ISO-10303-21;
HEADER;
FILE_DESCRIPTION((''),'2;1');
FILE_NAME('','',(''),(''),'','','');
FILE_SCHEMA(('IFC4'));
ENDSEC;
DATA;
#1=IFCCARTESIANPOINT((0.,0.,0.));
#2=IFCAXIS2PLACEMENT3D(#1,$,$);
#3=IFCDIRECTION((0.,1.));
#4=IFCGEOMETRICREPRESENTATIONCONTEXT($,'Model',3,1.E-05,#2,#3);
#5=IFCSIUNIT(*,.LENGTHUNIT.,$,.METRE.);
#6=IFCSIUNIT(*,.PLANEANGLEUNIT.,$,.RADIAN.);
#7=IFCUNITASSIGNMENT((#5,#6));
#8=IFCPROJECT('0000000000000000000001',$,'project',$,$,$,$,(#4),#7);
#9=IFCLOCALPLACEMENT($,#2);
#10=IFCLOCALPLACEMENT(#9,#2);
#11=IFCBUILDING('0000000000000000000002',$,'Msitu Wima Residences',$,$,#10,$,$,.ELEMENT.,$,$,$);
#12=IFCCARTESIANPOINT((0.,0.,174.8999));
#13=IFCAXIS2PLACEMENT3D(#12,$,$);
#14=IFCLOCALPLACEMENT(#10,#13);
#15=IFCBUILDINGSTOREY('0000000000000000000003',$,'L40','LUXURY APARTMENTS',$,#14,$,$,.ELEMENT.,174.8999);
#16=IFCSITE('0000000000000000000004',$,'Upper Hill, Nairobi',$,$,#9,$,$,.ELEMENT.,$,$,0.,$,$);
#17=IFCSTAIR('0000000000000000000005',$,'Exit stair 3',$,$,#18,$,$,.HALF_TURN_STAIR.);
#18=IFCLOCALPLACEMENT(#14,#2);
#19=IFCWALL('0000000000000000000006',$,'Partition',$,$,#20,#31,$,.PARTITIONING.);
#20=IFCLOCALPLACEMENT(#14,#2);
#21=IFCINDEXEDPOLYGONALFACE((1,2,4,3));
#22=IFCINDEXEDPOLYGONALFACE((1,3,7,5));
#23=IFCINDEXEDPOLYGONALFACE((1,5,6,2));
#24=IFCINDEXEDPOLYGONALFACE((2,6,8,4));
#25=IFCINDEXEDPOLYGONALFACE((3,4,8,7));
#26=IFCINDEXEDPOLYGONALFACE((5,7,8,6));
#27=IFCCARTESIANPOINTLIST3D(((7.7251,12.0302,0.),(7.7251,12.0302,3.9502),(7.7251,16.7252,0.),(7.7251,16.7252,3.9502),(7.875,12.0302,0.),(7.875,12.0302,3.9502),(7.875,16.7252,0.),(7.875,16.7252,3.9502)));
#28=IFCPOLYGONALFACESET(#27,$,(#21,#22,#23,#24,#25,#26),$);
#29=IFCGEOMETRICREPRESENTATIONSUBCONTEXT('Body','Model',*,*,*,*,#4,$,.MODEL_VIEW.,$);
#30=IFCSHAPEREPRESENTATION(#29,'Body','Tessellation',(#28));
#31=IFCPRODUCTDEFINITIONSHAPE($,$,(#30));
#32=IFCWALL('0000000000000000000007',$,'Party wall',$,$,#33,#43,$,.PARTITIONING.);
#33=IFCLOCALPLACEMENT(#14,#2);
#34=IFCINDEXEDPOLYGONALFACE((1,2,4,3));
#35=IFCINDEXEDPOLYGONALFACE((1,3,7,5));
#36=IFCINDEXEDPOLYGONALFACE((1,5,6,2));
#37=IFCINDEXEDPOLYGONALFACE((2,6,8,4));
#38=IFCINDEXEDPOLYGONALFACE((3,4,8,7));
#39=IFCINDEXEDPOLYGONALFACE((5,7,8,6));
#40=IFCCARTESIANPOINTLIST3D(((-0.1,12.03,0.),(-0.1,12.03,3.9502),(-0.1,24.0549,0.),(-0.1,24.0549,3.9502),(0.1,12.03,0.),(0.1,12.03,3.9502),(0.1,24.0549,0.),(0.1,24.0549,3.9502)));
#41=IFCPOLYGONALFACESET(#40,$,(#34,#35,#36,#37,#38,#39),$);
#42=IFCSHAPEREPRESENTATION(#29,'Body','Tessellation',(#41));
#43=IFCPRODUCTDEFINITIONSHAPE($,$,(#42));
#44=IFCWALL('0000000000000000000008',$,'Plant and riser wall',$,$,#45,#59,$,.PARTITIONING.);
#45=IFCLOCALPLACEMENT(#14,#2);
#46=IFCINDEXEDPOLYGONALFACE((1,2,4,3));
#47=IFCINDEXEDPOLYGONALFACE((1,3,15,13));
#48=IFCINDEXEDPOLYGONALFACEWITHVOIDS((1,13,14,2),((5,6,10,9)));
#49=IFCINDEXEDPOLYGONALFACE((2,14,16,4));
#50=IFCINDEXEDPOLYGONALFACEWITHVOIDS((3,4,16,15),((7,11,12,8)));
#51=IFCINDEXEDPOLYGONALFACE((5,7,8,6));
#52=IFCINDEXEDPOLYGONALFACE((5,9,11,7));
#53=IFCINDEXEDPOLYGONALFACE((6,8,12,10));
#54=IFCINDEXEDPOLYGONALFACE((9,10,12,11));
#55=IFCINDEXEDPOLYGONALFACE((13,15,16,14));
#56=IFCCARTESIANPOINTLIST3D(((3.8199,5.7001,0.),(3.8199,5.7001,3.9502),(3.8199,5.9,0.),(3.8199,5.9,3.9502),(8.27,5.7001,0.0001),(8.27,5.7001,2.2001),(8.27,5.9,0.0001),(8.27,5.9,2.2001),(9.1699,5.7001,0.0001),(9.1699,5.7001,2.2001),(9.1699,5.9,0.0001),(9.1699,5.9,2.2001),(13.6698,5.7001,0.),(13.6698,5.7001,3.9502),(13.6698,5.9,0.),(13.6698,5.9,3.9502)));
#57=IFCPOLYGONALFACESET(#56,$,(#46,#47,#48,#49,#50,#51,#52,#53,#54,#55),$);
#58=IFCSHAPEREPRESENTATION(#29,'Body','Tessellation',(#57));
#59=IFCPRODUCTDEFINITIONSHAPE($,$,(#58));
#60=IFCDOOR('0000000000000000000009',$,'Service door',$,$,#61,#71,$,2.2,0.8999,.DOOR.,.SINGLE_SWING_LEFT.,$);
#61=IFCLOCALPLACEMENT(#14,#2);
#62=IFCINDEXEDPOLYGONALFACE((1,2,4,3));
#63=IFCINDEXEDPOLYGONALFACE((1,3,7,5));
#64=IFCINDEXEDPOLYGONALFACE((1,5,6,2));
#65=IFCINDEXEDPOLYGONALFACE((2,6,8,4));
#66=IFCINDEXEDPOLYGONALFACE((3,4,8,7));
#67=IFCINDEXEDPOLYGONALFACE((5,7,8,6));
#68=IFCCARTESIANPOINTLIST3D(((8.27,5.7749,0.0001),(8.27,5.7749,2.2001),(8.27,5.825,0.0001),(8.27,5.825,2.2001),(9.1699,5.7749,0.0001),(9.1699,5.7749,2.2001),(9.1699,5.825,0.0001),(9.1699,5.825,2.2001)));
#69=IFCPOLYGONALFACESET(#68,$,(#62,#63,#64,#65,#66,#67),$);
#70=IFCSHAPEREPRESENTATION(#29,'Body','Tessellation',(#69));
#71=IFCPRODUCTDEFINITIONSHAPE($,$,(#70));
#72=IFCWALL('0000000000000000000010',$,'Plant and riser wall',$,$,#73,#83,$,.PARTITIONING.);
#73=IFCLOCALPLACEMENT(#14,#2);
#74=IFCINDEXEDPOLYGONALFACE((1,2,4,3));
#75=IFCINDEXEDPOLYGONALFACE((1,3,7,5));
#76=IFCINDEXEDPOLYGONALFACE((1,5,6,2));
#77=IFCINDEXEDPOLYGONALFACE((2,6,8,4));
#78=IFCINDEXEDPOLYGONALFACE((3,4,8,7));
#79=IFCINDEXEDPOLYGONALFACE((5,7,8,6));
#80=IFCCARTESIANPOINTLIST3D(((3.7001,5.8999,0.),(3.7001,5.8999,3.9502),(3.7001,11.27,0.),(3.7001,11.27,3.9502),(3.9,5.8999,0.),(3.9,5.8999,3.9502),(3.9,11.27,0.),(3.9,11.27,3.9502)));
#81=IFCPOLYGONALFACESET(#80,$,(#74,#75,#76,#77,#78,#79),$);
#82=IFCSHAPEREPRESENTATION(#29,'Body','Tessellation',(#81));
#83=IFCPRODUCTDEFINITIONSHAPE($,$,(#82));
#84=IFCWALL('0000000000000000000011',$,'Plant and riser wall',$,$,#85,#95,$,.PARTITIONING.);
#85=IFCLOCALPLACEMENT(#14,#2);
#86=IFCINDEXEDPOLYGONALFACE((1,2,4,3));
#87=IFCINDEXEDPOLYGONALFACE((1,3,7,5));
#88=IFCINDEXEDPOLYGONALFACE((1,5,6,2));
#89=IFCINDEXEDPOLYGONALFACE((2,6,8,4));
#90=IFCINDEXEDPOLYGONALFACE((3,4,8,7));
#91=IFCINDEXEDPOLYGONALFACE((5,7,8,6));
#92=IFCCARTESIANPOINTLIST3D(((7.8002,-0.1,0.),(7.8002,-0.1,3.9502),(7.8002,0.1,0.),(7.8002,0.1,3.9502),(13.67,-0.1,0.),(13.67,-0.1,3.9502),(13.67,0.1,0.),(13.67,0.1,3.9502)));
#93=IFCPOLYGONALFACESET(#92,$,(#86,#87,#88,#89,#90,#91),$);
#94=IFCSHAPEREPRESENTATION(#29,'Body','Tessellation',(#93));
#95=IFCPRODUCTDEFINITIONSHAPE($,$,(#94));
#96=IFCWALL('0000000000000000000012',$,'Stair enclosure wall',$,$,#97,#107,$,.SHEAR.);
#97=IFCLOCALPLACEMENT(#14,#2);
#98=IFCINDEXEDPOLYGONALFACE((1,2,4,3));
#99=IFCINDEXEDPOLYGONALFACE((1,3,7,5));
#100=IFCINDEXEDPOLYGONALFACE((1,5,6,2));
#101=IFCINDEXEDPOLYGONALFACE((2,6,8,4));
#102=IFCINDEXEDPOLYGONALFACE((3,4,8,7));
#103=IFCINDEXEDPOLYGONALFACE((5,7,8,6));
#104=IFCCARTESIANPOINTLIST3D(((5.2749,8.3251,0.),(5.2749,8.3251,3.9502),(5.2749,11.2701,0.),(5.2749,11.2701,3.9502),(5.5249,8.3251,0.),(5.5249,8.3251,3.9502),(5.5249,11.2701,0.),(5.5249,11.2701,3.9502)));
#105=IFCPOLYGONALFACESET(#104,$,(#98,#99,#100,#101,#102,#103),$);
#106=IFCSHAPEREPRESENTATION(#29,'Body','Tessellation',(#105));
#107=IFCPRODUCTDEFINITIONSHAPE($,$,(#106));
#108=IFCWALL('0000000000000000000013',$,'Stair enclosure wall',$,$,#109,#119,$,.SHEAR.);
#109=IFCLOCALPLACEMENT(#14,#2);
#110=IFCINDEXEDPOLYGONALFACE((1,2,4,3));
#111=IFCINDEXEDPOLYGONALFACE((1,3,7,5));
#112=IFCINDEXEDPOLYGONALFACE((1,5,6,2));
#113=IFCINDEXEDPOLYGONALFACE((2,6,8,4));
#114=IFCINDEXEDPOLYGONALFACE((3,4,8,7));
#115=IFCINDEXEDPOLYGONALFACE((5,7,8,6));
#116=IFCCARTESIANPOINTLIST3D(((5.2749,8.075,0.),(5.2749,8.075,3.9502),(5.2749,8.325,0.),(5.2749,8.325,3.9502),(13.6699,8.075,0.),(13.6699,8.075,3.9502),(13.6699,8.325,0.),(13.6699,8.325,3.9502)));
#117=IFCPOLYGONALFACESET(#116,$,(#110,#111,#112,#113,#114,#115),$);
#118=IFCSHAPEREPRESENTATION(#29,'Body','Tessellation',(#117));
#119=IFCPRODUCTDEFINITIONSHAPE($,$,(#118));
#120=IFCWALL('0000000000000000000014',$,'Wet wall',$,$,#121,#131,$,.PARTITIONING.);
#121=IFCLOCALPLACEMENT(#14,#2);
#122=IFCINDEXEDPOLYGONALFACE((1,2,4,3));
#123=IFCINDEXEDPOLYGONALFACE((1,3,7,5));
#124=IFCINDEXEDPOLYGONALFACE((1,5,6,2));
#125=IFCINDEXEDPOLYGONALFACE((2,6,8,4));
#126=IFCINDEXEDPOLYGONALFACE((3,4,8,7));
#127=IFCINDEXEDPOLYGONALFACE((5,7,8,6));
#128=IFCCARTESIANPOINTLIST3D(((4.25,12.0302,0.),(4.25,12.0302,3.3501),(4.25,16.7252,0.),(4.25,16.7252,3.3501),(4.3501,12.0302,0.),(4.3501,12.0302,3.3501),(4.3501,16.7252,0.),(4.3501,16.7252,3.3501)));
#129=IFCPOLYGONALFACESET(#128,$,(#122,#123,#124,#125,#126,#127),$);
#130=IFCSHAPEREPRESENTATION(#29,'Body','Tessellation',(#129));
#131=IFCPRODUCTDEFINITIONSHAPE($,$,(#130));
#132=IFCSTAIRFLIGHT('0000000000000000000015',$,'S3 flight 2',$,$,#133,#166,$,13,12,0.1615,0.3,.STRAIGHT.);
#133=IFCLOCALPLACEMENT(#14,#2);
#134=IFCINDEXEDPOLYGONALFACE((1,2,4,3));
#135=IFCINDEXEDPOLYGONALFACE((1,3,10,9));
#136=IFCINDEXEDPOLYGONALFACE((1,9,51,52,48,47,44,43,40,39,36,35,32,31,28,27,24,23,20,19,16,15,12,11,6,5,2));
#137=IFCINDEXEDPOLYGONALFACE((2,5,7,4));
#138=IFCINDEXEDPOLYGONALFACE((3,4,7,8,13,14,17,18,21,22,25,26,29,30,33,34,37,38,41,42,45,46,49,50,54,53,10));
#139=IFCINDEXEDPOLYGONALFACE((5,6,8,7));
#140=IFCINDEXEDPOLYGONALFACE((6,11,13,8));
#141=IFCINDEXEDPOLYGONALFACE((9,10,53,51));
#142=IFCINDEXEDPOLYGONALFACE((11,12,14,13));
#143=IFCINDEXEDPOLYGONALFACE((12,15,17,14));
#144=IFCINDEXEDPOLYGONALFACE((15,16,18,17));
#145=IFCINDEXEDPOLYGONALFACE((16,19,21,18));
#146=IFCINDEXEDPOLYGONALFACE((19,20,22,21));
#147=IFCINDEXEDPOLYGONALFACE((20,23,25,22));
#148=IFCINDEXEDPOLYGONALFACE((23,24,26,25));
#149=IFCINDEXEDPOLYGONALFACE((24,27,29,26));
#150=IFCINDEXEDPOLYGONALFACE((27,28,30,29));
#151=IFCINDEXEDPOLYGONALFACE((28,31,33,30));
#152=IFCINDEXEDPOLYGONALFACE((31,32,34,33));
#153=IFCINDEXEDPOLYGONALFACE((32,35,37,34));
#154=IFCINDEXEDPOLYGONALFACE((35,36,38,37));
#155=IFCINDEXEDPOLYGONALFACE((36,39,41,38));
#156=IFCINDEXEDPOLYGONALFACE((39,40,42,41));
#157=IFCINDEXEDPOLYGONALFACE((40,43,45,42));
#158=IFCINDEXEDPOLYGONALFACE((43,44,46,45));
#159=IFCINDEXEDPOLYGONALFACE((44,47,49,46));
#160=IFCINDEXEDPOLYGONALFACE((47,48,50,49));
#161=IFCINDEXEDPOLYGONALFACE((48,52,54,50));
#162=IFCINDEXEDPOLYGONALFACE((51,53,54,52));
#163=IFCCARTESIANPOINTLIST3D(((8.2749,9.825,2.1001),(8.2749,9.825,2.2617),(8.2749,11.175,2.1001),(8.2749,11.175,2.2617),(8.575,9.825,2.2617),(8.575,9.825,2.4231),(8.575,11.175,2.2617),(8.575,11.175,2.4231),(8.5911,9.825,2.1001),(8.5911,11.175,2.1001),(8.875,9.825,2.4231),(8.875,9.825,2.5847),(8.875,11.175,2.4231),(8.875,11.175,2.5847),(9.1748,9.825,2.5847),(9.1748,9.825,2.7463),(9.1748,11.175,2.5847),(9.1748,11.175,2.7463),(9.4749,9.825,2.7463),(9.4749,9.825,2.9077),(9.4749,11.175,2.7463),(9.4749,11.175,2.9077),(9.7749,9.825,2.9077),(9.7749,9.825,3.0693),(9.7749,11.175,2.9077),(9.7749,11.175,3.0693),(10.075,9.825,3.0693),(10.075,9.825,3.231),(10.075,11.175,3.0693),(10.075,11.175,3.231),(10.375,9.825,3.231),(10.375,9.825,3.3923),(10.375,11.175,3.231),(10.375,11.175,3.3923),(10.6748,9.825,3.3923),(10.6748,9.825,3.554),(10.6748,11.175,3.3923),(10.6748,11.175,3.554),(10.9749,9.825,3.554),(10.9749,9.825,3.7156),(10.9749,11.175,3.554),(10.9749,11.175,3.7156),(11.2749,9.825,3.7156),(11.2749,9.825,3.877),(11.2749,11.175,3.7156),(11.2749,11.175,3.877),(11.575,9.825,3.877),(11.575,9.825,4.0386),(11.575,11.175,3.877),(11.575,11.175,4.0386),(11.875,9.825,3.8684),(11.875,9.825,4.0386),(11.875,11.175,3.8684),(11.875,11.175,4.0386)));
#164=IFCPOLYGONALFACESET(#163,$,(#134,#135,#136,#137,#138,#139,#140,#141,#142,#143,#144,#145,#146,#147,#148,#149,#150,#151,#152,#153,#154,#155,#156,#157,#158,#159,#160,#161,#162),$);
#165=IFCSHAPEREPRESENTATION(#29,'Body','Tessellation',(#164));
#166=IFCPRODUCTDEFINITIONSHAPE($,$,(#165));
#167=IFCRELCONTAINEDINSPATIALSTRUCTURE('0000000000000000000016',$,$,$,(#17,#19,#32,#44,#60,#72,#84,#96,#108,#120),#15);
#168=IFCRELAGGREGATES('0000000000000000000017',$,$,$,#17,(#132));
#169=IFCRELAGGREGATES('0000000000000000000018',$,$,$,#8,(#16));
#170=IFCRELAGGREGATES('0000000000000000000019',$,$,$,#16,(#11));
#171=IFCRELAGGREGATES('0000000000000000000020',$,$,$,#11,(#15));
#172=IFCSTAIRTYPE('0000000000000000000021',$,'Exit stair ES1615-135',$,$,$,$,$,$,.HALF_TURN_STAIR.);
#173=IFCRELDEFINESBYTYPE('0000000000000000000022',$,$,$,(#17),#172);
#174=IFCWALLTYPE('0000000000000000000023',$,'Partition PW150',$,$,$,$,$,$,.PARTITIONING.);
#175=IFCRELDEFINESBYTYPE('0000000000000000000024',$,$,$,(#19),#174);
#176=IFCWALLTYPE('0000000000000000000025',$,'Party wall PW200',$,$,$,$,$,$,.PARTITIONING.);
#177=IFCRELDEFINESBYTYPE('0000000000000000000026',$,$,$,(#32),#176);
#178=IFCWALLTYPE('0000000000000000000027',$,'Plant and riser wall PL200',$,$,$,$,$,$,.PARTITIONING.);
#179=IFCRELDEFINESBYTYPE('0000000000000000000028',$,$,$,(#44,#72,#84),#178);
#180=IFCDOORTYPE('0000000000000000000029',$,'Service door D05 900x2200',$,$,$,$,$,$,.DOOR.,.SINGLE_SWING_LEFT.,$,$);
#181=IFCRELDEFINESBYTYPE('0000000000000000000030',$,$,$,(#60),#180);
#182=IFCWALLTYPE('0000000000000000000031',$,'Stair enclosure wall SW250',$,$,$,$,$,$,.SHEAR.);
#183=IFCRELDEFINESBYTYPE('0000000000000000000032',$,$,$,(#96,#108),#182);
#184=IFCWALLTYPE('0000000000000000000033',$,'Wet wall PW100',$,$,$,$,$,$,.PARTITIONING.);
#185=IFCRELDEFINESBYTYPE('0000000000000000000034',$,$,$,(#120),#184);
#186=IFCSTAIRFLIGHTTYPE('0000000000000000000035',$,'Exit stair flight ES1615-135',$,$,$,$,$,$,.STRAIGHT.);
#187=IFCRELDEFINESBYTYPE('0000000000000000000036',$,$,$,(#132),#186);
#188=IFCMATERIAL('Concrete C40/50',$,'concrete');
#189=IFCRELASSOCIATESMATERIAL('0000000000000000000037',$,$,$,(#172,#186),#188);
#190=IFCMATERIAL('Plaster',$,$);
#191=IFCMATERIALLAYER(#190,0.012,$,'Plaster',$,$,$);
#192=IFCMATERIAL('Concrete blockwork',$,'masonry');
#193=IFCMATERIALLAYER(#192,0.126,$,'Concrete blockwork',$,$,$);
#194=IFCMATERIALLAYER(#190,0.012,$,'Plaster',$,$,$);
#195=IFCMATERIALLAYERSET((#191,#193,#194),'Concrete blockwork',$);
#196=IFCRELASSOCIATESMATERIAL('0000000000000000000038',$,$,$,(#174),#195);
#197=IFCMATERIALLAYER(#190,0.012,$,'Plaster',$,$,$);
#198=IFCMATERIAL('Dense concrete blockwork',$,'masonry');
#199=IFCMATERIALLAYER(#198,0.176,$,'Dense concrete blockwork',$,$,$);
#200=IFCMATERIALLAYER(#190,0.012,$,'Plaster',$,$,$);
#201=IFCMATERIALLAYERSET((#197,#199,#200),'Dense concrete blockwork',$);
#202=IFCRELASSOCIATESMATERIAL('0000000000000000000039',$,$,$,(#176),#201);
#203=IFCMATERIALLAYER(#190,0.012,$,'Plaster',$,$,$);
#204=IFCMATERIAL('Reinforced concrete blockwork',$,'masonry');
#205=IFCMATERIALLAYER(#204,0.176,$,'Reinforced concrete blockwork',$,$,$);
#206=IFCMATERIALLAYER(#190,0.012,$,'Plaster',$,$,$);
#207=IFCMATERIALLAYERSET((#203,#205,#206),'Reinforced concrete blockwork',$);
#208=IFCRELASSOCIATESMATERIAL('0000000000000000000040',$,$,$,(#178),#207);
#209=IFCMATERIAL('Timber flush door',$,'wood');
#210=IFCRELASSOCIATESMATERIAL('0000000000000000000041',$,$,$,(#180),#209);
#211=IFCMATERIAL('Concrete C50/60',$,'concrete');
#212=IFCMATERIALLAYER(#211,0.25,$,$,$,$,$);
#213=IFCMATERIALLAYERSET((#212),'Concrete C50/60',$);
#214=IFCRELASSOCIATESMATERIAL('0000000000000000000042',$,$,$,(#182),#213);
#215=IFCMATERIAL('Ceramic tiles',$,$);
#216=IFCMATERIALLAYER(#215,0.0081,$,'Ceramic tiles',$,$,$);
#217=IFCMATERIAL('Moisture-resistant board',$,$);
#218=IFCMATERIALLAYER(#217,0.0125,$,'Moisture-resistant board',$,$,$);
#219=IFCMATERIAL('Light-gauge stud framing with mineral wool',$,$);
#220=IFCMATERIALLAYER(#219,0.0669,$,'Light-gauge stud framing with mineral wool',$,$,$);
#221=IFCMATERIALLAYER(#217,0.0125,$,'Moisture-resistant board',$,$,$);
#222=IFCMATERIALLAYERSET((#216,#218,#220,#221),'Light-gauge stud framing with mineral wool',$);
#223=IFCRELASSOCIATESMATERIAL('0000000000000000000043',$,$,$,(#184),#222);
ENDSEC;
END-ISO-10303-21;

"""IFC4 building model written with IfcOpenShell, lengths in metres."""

from ifc_helpers import new_model, si_unit, direction, frame, frame_2d, origin, place, context, subcontext, project, spatial, polyline, rectangle, outline, extrude, material, layer, layer_set, type_object, element, fill, aggregate, save


model = new_model("IFC4")

# Units and contexts
model_context = context("Model", 3, precision=1e-05, world=origin(), true_north=direction((0.0, 1.0)))
body_context = subcontext(model_context, "Body", "Model", "MODEL_VIEW")
ifc_project = project(units=[si_unit("LENGTHUNIT", "METRE"), si_unit("PLANEANGLEUNIT", "RADIAN")], contexts=[model_context])

# Site, building, storey
site_placement = place(None, origin())
site = spatial("IfcSite", under=ifc_project, at=site_placement, Name="Upper Hill, Nairobi", CompositionType="ELEMENT", RefElevation=0.0)
building_placement = place(site_placement, origin())
building = spatial("IfcBuilding", under=site, at=building_placement, Name="Msitu Wima Residences", CompositionType="ELEMENT")
storey_placement = place(building_placement, frame((0.0, 0.0, 174.8999)))
storey = spatial("IfcBuildingStorey", under=building, at=storey_placement, Name="L40", Description="LUXURY APARTMENTS", CompositionType="ELEMENT", Elevation=174.8999)

# Shared definitions
ifc_material_1 = material(Name="Concrete C40/50", Category="concrete")

# Stair
stair_type = type_object("IfcStairType", Name="Exit stair ES1615-135", PredefinedType="HALF_TURN_STAIR", material=ifc_material_1)
stair_1_placement = place(storey_placement, origin())
stair_1 = element("IfcStair", 1, at=stair_1_placement, inside=storey, type_object=stair_type, Name="Exit stair 3", PredefinedType="HALF_TURN_STAIR")

# Walls
ifc_material_2 = material(Name="Plaster")
ifc_layer_1 = layer(ifc_material_2, 0.012, Name="Plaster")
ifc_material_3 = material(Name="Concrete blockwork", Category="masonry")
ifc_layer_2 = layer(ifc_material_3, 0.126, Name="Concrete blockwork")
ifc_layer_3 = layer(ifc_material_2, 0.012, Name="Plaster")
ifc_layer_set_1 = layer_set([ifc_layer_1, ifc_layer_2, ifc_layer_3], Name="Concrete blockwork")
wall_type_1 = type_object("IfcWallType", Name="Partition PW150", PredefinedType="PARTITIONING", material=ifc_layer_set_1)
wall_1_placement = place(storey_placement, frame((7.8, 12.03, 0.0), z_axis=(0.0, 0.0, 1.0), x_axis=(0.0, 1.0, 0.0)))
element("IfcWall", 2, at=wall_1_placement, inside=storey, type_object=wall_type_1, Name="Partition", PredefinedType="PARTITIONING", context=body_context, shape_type="SweptSolid", body=[
    extrude(rectangle(XDim=4.6951, YDim=0.1499, at=frame_2d((2.3477, 0.0))), origin(), (0.0, 0.0, 1.0), 3.9502),
])
ifc_layer_4 = layer(ifc_material_2, 0.012, Name="Plaster")
ifc_material_4 = material(Name="Dense concrete blockwork", Category="masonry")
ifc_layer_5 = layer(ifc_material_4, 0.176, Name="Dense concrete blockwork")
ifc_layer_6 = layer(ifc_material_2, 0.012, Name="Plaster")
ifc_layer_set_2 = layer_set([ifc_layer_4, ifc_layer_5, ifc_layer_6], Name="Dense concrete blockwork")
wall_type_2 = type_object("IfcWallType", Name="Party wall PW200", PredefinedType="PARTITIONING", material=ifc_layer_set_2)
wall_2_placement = place(storey_placement, frame((0.0, 12.03, 0.0), z_axis=(0.0, 0.0, 1.0), x_axis=(0.0, 1.0, 0.0)))
element("IfcWall", 3, at=wall_2_placement, inside=storey, type_object=wall_type_2, Name="Party wall", PredefinedType="PARTITIONING", context=body_context, shape_type="SweptSolid", body=[
    extrude(rectangle(XDim=12.0249, YDim=0.2, at=frame_2d((6.0125, 0.0))), origin(), (0.0, 0.0, 1.0), 3.9502),
])

# Wall, opening, door
ifc_layer_7 = layer(ifc_material_2, 0.012, Name="Plaster")
ifc_material_5 = material(Name="Reinforced concrete blockwork", Category="masonry")
ifc_layer_8 = layer(ifc_material_5, 0.176, Name="Reinforced concrete blockwork")
ifc_layer_9 = layer(ifc_material_2, 0.012, Name="Plaster")
ifc_layer_set_3 = layer_set([ifc_layer_7, ifc_layer_8, ifc_layer_9], Name="Reinforced concrete blockwork")
wall_type_3 = type_object("IfcWallType", Name="Plant and riser wall PL200", PredefinedType="PARTITIONING", material=ifc_layer_set_3)
wall_3_placement = place(storey_placement, frame((3.8201, 5.8, 0.0), z_axis=(0.0, 0.0, 1.0), x_axis=(1.0, 0.0, 0.0)))
wall_3 = element("IfcWall", 4, at=wall_3_placement, inside=storey, type_object=wall_type_3, Name="Plant and riser wall", PredefinedType="PARTITIONING", context=body_context, shape_type="SweptSolid", body=[
    extrude(rectangle(XDim=9.8499, YDim=0.2, at=frame_2d((4.9248, 0.0))), origin(), (0.0, 0.0, 1.0), 3.9502),
])
opening_placement = place(wall_3_placement, frame((4.45, 0.0, 0.0)))
opening = element("IfcOpeningElement", 5, at=opening_placement, cuts=wall_3, PredefinedType="OPENING", context=body_context, shape_type="SweptSolid", body=[
    extrude(rectangle(XDim=0.8999, YDim=2.2, at=frame_2d((0.45, 1.1001))), frame((0.0, 0.1099, 0.0), z_axis=(0.0, -1.0, 0.0), x_axis=(1.0, 0.0, 0.0)), (0.0, 0.0, 1.0), 0.22),
])
ifc_material_6 = material(Name="Timber flush door", Category="wood")
door_type = type_object("IfcDoorType", Name="Service door D05 900x2200", OperationType="SINGLE_SWING_LEFT", PredefinedType="DOOR", material=ifc_material_6)
door_placement = place(opening_placement, origin())
door = element("IfcDoor", 6, at=door_placement, inside=storey, type_object=door_type, Name="Service door", OperationType="SINGLE_SWING_LEFT", OverallHeight=2.2, OverallWidth=0.8999, PredefinedType="DOOR", context=body_context, shape_type="SweptSolid", body=[
    extrude(rectangle(XDim=0.8999, YDim=2.2, at=frame_2d((0.45, 1.1001))), frame((0.0, 0.0249, 0.0), z_axis=(0.0, -1.0, 0.0), x_axis=(1.0, 0.0, 0.0)), (0.0, 0.0, 1.0), 0.05),
])
fill(opening, door)

# Walls
wall_4_placement = place(storey_placement, frame((3.8, 5.8999, 0.0), z_axis=(0.0, 0.0, 1.0), x_axis=(0.0, 1.0, 0.0)))
element("IfcWall", 7, at=wall_4_placement, inside=storey, type_object=wall_type_3, Name="Plant and riser wall", PredefinedType="PARTITIONING", context=body_context, shape_type="SweptSolid", body=[
    extrude(rectangle(XDim=5.3701, YDim=0.2, at=frame_2d((2.6851, 0.0))), origin(), (0.0, 0.0, 1.0), 3.9502),
])
wall_5_placement = place(storey_placement, frame((7.8, 0.0, 0.0), z_axis=(0.0, 0.0, 1.0), x_axis=(1.0, 0.0, 0.0)))
element("IfcWall", 8, at=wall_5_placement, inside=storey, type_object=wall_type_3, Name="Plant and riser wall", PredefinedType="PARTITIONING", context=body_context, shape_type="SweptSolid", body=[
    extrude(rectangle(XDim=5.8699, YDim=0.2, at=frame_2d((2.9351, 0.0))), origin(), (0.0, 0.0, 1.0), 3.9502),
])
ifc_material_7 = material(Name="Concrete C50/60", Category="concrete")
ifc_layer_10 = layer(ifc_material_7, 0.25)
ifc_layer_set_4 = layer_set([ifc_layer_10], Name="Concrete C50/60")
wall_type_4 = type_object("IfcWallType", Name="Stair enclosure wall SW250", PredefinedType="SHEAR", material=ifc_layer_set_4)
wall_6_placement = place(storey_placement, frame((5.3999, 8.325, 0.0), z_axis=(0.0, 0.0, 1.0), x_axis=(0.0, 1.0, 0.0)))
element("IfcWall", 9, at=wall_6_placement, inside=storey, type_object=wall_type_4, Name="Stair enclosure wall", PredefinedType="SHEAR", context=body_context, shape_type="SweptSolid", body=[
    extrude(rectangle(XDim=2.9451, YDim=0.25, at=frame_2d((1.4727, 0.0))), origin(), (0.0, 0.0, 1.0), 3.9502),
])
wall_7_placement = place(storey_placement, frame((5.2749, 8.2, 0.0), z_axis=(0.0, 0.0, 1.0), x_axis=(1.0, 0.0, 0.0)))
element("IfcWall", 10, at=wall_7_placement, inside=storey, type_object=wall_type_4, Name="Stair enclosure wall", PredefinedType="SHEAR", context=body_context, shape_type="SweptSolid", body=[
    extrude(rectangle(XDim=8.395, YDim=0.25, at=frame_2d((4.1975, 0.0))), origin(), (0.0, 0.0, 1.0), 3.9502),
])
ifc_material_8 = material(Name="Ceramic tiles")
ifc_layer_11 = layer(ifc_material_8, 0.0081, Name="Ceramic tiles")
ifc_material_9 = material(Name="Moisture-resistant board")
ifc_layer_12 = layer(ifc_material_9, 0.0125, Name="Moisture-resistant board")
ifc_material_10 = material(Name="Light-gauge stud framing with mineral wool")
ifc_layer_13 = layer(ifc_material_10, 0.0669, Name="Light-gauge stud framing with mineral wool")
ifc_layer_14 = layer(ifc_material_9, 0.0125, Name="Moisture-resistant board")
ifc_layer_set_5 = layer_set([ifc_layer_11, ifc_layer_12, ifc_layer_13, ifc_layer_14], Name="Light-gauge stud framing with mineral wool")
wall_type_5 = type_object("IfcWallType", Name="Wet wall PW100", PredefinedType="PARTITIONING", material=ifc_layer_set_5)
wall_8_placement = place(storey_placement, frame((4.3, 12.03, 0.0), z_axis=(0.0, 0.0, 1.0), x_axis=(0.0, 1.0, 0.0)))
element("IfcWall", 11, at=wall_8_placement, inside=storey, type_object=wall_type_5, Name="Wet wall", PredefinedType="PARTITIONING", context=body_context, shape_type="SweptSolid", body=[
    extrude(rectangle(XDim=4.6951, YDim=0.1001, at=frame_2d((2.3477, 0.0))), origin(), (0.0, 0.0, 1.0), 3.3501),
])

# Stair flight
stair_flight_type = type_object("IfcStairFlightType", Name="Exit stair flight ES1615-135", PredefinedType="STRAIGHT", material=ifc_material_1)
stair_flight_placement = place(storey_placement, frame((8.2749, 10.5, 2.1001), z_axis=(0.0, 0.0, 1.0), x_axis=(1.0, 0.0, 0.0)))
stair_flight = element("IfcStairFlight", 12, at=stair_flight_placement, type_object=stair_flight_type, Name="S3 flight 2", NumberOfRisers=13, NumberOfTreads=12, PredefinedType="STRAIGHT", RiserHeight=0.1615, TreadLength=0.3, context=body_context, shape_type="SweptSolid", body=[
    extrude(outline(polyline([(0.0, 0.0), (0.0, 0.1616), (0.3, 0.1616), (0.3, 0.323), (0.6001, 0.323), (0.6001, 0.4846), (0.8999, 0.4846), (0.8999, 0.6462), (1.2, 0.6462), (1.2, 0.8076), (1.5, 0.8076), (1.5, 0.9692), (1.8, 0.9692), (1.8, 1.1309), (2.1001, 1.1309), (2.1001, 1.2922), (2.3999, 1.2922), (2.3999, 1.4539), (2.7, 1.4539), (2.7, 1.6155), (3.0, 1.6155), (3.0, 1.7769), (3.3, 1.7769), (3.3, 1.9385), (3.6001, 1.9385), (3.6001, 2.1001), (3.6001, 1.7683), (0.3162, 0.0), (0.0, 0.0)])), frame((0.0, 0.675, 0.0), z_axis=(0.0, -1.0, 0.0), x_axis=(1.0, 0.0, 0.0)), (0.0, 0.0, 1.0), 1.3501),
])
aggregate(stair_1, [stair_flight])

save(model, "model.ifc")
